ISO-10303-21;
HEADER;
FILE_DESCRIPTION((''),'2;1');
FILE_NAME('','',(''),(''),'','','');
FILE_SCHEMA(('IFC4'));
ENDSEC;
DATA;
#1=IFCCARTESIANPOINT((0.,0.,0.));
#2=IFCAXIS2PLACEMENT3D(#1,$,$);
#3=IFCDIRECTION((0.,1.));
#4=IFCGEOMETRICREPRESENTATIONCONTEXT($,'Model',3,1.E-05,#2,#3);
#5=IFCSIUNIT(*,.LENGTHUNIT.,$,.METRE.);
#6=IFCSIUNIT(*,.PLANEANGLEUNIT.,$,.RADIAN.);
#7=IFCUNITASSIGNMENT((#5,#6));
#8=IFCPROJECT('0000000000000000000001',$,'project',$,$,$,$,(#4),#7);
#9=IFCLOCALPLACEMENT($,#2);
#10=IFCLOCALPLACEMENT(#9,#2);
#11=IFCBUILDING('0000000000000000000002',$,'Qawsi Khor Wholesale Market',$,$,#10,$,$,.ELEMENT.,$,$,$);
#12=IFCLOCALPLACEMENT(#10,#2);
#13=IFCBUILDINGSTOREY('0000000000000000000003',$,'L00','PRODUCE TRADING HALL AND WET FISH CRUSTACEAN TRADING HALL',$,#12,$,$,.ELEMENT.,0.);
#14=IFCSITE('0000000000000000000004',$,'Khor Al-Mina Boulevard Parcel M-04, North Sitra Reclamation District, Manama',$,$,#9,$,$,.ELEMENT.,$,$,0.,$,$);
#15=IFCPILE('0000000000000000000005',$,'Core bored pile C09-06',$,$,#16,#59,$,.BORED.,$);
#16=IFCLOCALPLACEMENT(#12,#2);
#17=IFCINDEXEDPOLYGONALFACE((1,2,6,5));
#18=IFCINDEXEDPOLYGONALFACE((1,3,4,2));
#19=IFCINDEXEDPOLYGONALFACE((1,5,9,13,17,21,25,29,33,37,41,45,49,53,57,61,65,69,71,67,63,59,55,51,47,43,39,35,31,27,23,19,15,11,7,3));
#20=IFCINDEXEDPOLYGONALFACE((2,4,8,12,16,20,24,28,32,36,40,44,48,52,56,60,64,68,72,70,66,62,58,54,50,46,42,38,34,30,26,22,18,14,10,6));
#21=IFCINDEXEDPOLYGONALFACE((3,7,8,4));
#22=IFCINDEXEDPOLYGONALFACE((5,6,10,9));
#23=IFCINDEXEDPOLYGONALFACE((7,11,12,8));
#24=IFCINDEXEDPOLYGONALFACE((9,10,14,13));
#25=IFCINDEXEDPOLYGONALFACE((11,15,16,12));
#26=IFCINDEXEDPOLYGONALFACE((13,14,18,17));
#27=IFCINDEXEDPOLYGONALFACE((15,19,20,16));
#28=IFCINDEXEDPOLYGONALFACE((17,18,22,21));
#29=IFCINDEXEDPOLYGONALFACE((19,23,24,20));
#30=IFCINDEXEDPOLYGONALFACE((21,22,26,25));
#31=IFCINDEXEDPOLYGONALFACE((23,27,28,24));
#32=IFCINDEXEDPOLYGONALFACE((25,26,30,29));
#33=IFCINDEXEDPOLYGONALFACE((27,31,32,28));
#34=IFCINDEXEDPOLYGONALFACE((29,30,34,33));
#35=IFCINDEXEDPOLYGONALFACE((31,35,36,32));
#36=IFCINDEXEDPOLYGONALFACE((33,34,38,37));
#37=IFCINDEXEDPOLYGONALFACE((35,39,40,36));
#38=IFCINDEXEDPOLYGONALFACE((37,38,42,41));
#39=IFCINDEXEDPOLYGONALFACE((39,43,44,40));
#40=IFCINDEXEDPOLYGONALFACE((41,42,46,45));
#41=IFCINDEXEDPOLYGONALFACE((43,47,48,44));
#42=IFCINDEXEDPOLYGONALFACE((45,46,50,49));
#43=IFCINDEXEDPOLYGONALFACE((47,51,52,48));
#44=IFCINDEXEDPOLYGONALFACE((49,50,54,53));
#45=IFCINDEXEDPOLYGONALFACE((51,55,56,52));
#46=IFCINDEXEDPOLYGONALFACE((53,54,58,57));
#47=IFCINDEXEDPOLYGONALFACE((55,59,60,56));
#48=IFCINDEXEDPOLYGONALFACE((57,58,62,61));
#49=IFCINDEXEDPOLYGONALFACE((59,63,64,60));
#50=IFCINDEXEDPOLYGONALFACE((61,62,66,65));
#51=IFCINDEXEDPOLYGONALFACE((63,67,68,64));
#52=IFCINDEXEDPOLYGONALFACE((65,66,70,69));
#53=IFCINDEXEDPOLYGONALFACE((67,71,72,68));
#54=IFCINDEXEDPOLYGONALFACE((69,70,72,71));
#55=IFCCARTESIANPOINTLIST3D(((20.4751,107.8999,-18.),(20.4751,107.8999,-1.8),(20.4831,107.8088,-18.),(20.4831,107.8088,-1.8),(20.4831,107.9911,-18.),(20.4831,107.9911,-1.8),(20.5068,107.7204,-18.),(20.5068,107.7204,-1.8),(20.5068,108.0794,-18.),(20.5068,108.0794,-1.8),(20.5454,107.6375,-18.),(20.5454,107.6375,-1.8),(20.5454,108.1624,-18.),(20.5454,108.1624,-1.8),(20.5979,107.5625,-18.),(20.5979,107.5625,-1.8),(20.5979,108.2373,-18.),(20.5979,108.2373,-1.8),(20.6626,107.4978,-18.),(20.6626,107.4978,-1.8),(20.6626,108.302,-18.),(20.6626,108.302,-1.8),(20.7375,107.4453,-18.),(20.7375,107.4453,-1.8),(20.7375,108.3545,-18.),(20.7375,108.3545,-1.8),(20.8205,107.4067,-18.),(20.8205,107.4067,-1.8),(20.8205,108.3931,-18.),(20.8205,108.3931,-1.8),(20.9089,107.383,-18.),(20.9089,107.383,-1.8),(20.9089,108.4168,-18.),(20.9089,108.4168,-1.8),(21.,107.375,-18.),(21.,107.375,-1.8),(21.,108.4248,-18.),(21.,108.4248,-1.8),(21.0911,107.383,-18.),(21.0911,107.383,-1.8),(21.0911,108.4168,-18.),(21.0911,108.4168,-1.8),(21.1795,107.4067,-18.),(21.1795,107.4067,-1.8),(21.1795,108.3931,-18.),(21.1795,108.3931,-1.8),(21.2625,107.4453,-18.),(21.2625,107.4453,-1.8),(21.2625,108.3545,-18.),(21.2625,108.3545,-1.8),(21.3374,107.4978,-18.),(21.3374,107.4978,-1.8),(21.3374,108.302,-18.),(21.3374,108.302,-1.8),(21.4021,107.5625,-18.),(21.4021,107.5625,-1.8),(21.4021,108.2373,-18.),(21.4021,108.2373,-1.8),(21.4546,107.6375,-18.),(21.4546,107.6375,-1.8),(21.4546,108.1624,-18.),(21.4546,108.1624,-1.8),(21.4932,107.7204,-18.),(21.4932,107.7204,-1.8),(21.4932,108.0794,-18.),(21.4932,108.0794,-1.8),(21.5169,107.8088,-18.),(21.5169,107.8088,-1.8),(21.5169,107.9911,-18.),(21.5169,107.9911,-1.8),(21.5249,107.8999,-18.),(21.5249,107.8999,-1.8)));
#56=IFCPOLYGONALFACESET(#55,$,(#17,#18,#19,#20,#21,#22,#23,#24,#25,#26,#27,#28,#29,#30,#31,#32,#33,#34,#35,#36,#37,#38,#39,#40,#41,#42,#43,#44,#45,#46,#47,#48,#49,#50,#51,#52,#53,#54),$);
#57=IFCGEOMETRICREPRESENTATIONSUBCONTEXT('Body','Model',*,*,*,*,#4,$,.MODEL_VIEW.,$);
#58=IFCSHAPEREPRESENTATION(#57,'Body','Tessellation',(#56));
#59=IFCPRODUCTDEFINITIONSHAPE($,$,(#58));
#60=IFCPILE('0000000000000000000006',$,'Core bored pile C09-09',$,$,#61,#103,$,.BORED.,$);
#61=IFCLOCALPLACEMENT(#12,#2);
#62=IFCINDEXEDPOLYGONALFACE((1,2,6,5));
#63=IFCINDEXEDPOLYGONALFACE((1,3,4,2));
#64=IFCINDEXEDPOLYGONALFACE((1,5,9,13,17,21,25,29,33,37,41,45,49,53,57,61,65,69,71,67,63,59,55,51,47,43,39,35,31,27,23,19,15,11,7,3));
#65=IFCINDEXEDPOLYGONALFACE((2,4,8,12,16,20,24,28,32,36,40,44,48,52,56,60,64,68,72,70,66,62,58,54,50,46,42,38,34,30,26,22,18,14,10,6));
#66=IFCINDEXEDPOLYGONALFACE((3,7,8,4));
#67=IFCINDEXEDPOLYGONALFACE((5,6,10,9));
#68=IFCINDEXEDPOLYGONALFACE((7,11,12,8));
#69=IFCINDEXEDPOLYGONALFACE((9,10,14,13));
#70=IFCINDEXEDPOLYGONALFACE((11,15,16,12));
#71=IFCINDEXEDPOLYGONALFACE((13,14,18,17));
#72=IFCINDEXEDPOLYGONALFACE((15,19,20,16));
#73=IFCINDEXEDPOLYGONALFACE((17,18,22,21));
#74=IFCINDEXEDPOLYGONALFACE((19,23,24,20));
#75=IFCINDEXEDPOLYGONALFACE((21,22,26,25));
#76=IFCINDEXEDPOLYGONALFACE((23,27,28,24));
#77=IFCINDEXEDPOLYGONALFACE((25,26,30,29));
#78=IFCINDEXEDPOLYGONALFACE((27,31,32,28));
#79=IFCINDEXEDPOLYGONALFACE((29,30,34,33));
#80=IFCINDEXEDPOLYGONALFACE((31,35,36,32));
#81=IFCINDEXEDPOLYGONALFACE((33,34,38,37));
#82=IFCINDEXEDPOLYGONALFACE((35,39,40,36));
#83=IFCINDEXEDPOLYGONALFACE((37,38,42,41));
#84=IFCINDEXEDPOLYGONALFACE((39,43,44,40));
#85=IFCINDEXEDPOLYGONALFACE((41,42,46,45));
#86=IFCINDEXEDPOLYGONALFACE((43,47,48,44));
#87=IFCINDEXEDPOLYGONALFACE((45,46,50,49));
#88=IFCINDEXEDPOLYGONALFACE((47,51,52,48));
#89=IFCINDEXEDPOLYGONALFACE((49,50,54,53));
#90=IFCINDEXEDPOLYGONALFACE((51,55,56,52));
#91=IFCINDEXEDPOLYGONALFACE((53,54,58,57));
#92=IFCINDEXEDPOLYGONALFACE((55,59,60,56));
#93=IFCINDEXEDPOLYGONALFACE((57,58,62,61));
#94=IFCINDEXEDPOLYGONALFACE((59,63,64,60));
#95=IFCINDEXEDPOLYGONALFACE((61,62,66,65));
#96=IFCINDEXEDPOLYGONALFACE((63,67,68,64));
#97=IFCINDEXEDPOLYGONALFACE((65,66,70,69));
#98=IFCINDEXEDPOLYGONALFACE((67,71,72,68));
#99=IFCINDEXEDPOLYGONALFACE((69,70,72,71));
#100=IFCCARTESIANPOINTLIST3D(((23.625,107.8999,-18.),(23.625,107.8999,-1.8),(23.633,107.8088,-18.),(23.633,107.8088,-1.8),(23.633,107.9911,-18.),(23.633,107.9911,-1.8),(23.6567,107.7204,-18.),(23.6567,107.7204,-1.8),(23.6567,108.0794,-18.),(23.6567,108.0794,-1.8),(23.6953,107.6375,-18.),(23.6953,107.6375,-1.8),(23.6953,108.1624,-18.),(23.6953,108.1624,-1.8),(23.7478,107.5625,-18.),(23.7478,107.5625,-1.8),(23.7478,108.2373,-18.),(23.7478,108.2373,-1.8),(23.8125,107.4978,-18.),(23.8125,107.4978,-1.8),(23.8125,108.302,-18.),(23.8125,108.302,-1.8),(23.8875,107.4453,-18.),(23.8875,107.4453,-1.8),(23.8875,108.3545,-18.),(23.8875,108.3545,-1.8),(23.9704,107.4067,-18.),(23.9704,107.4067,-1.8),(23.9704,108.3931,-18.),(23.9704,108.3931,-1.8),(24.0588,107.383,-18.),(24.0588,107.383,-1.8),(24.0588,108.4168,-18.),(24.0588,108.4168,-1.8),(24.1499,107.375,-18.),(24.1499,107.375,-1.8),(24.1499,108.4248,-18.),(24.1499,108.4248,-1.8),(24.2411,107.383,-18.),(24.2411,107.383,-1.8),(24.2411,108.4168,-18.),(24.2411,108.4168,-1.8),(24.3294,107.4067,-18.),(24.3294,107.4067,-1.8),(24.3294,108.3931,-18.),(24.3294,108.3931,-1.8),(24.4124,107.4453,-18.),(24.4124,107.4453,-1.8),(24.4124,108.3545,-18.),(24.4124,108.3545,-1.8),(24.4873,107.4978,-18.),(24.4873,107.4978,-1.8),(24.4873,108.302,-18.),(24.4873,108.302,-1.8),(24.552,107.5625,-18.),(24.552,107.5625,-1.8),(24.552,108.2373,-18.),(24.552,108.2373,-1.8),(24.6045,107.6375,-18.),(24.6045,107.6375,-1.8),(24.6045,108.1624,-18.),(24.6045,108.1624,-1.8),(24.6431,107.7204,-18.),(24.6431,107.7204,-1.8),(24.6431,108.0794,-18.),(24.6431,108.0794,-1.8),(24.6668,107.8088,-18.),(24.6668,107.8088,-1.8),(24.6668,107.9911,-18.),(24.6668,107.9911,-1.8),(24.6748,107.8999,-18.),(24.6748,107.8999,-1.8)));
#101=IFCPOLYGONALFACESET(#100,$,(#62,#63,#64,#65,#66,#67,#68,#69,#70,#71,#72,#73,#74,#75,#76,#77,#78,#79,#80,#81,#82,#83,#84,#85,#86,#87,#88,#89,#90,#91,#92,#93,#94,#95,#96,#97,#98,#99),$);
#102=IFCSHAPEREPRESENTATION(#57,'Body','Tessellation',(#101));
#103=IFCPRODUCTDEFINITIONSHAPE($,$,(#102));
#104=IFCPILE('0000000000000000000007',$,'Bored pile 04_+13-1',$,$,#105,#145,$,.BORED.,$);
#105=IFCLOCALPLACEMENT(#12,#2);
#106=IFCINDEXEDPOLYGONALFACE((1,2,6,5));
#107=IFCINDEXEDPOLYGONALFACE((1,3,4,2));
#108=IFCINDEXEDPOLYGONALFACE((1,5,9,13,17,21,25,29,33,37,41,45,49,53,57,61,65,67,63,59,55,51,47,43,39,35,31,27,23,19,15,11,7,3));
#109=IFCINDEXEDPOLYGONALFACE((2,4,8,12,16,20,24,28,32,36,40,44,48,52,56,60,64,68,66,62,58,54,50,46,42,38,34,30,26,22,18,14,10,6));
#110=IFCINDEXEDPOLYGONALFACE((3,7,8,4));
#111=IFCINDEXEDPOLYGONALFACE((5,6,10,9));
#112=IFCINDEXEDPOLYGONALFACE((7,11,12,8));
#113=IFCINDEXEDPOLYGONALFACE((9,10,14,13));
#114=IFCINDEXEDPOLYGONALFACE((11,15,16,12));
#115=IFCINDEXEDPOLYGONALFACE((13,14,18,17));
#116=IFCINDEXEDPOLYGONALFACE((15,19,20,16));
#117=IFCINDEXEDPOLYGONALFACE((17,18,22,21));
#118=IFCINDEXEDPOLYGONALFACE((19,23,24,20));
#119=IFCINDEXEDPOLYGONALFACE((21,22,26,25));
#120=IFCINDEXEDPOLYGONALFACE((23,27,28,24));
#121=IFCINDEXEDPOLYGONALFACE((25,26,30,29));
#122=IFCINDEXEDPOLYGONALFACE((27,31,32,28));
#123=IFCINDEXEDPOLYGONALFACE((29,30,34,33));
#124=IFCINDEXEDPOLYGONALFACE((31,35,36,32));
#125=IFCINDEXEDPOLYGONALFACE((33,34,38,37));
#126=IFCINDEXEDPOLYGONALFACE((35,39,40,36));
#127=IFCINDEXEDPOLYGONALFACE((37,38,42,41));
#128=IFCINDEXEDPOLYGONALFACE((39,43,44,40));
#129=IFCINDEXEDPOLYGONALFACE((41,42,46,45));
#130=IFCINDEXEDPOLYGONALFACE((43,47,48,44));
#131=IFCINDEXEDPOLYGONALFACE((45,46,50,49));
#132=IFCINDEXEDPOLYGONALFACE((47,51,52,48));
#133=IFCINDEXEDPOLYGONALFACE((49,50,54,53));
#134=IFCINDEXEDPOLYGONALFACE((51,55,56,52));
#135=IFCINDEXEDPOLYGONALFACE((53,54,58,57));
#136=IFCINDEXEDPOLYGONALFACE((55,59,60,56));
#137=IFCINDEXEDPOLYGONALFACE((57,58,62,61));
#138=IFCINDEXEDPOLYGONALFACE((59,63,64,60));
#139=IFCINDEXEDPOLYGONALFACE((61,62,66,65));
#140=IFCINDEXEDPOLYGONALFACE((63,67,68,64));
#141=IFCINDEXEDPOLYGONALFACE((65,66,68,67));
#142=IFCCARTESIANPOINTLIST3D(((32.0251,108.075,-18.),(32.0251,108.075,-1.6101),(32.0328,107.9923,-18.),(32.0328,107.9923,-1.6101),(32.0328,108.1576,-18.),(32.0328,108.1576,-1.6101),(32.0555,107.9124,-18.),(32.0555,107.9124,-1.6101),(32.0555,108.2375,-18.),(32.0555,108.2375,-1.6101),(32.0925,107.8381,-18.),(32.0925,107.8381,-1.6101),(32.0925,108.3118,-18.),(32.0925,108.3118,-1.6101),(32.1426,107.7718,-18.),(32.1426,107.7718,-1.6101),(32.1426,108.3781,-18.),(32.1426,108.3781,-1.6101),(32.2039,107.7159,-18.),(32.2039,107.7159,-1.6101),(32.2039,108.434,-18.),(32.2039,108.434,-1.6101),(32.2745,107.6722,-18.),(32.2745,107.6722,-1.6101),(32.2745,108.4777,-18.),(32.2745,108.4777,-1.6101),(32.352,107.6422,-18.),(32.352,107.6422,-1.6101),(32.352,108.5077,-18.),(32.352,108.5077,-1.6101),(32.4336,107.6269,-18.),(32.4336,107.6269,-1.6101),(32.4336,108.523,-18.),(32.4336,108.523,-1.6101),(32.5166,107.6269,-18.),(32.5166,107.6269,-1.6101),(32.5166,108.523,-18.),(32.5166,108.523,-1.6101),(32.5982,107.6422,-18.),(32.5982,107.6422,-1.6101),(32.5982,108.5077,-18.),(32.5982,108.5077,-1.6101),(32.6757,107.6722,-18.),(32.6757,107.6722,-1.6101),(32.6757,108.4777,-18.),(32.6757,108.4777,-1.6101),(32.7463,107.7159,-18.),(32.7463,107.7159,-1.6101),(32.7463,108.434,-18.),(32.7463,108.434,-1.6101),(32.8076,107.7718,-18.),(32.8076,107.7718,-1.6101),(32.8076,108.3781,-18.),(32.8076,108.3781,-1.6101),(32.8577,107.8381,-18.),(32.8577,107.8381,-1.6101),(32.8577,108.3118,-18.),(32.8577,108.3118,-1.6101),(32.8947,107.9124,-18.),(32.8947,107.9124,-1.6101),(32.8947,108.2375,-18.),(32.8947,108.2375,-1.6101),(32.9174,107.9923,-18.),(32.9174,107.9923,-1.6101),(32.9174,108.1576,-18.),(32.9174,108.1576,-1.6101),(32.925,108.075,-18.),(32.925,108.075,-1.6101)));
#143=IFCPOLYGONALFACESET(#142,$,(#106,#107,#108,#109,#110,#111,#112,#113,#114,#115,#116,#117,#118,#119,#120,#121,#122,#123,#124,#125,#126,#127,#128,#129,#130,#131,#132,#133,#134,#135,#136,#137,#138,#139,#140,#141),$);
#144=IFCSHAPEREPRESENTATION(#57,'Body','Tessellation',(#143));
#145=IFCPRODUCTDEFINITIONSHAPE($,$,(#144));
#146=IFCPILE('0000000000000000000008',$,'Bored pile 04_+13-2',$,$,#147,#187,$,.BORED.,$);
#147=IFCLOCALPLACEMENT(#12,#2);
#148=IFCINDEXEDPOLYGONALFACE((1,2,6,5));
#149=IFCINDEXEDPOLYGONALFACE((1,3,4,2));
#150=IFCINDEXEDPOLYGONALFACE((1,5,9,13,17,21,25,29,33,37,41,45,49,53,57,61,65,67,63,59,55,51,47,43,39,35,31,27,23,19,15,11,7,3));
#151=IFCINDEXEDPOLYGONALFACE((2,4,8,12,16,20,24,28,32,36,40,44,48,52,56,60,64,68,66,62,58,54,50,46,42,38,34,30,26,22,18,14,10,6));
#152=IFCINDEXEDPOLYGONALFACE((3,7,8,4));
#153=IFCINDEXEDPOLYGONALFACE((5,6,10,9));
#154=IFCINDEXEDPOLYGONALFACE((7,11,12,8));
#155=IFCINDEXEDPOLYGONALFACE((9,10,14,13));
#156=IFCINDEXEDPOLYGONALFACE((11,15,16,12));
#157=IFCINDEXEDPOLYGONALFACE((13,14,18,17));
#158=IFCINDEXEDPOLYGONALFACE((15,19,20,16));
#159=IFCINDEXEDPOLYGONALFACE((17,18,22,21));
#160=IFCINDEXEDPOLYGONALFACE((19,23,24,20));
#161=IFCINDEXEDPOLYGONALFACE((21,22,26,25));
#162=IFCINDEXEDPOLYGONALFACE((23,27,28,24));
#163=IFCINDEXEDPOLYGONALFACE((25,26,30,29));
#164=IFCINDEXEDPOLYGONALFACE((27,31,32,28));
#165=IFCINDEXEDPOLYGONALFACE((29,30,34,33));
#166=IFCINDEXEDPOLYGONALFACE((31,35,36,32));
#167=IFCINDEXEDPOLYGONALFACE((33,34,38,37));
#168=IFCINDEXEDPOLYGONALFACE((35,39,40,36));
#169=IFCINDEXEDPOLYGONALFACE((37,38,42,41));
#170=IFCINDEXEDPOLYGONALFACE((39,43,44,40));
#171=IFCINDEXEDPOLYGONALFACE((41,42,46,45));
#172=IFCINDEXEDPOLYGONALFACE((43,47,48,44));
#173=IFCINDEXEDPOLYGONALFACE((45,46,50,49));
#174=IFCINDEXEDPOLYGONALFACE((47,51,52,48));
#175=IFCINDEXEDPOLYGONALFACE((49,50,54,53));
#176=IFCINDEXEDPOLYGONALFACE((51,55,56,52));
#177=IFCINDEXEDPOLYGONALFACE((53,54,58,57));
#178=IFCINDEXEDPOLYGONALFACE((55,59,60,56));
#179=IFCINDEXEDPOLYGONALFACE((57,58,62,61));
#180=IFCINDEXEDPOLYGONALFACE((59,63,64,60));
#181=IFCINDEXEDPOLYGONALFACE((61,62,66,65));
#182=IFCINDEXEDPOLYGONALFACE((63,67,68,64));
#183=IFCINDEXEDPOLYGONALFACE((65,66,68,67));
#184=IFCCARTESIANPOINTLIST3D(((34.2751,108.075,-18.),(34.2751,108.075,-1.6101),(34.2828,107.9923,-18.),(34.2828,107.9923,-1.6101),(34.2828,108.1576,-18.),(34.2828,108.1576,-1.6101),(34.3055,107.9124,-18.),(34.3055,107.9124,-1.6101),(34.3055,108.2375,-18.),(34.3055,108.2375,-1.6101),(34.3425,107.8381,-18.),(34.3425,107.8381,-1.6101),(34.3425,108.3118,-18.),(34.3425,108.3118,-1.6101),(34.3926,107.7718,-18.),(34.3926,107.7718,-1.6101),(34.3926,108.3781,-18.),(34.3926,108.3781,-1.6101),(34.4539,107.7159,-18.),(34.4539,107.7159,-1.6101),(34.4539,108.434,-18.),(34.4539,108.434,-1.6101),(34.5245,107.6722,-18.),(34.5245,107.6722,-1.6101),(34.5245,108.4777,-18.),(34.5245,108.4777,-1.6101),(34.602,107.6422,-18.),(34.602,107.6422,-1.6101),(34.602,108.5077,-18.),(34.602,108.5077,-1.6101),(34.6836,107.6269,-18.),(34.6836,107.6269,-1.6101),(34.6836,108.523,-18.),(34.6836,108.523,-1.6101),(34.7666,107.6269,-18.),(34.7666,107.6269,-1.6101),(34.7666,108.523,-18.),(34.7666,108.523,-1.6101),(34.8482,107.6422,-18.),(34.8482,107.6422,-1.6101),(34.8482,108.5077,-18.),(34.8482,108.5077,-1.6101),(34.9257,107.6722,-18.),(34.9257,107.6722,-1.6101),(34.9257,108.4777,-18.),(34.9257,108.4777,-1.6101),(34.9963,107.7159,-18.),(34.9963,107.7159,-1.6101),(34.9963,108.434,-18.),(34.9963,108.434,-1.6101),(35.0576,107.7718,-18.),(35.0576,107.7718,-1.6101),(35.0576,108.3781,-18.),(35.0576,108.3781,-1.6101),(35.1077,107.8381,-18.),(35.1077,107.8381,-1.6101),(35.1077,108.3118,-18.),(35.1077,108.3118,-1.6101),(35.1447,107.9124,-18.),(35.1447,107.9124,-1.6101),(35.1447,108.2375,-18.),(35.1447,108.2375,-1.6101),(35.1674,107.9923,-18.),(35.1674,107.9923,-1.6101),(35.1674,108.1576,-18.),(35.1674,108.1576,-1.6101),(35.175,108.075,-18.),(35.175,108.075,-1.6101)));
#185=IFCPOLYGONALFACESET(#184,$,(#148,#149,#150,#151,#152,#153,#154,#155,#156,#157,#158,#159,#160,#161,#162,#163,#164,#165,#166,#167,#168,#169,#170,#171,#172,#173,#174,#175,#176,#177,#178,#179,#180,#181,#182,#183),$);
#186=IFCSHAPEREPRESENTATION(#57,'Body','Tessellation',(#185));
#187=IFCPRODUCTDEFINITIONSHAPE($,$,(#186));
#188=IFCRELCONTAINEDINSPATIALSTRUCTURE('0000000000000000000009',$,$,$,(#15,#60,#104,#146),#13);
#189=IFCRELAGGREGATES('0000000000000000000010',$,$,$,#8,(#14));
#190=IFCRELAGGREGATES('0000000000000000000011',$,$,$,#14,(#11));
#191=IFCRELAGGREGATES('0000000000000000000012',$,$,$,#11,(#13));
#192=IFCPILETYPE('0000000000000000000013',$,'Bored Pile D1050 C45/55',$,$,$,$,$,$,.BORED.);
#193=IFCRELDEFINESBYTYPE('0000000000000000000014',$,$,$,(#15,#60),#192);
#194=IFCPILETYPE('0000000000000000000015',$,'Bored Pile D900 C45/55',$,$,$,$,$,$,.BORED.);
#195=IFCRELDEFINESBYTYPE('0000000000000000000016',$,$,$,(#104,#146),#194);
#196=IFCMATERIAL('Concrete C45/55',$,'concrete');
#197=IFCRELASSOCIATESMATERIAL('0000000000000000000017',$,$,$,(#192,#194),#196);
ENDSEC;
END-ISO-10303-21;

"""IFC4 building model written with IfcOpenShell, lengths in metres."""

from ifc_helpers import new_model, si_unit, direction, frame, origin, origin_2d, place, context, subcontext, project, spatial, circle, extrude, material, material_profile, profile_set, type_object, element, save


model = new_model("IFC4")

# Units and contexts
model_context = context("Model", 3, precision=1e-05, world=origin(), true_north=direction((0.0, 1.0)))
body_context = subcontext(model_context, "Body", "Model", "MODEL_VIEW")
ifc_project = project(units=[si_unit("LENGTHUNIT", "METRE"), si_unit("PLANEANGLEUNIT", "RADIAN")], contexts=[model_context])

# Site, building, storey
site_placement = place(None, origin())
site = spatial("IfcSite", under=ifc_project, at=site_placement, Name="Khor Al-Mina Boulevard Parcel M-04, North Sitra Reclamation District, Manama", CompositionType="ELEMENT", RefElevation=0.0)
building_placement = place(site_placement, origin())
building = spatial("IfcBuilding", under=site, at=building_placement, Name="Qawsi Khor Wholesale Market", CompositionType="ELEMENT")
storey_placement = place(building_placement, origin())
storey = spatial("IfcBuildingStorey", under=building, at=storey_placement, Name="L00", Description="PRODUCE TRADING HALL AND WET FISH CRUSTACEAN TRADING HALL", CompositionType="ELEMENT", Elevation=0.0)

# Piles
ifc_material_1 = material(Name="Concrete C45/55", Category="concrete")
ifc_material_profile_1 = material_profile(ifc_material_1, circle(Radius=0.5249, at=origin_2d()), Name="PILE D1050")
ifc_profile_set_1 = profile_set([ifc_material_profile_1], Name="Concrete C45/55")
pile_type_1 = type_object("IfcPileType", Name="Bored Pile D1050 C45/55", PredefinedType="BORED", material=ifc_profile_set_1)
for number, where, z_axis, x_axis, name in (
    (1, (21.0, 107.8999, -1.8), (0.0, 0.0, -1.0), (1.0, 0.0, 0.0), "Core bored pile C09-06"),
    (2, (24.1499, 107.8999, -1.8), (0.0, 0.0, -1.0), (1.0, 0.0, 0.0), "Core bored pile C09-09"),
):
    element("IfcPile", number, at=place(storey_placement, frame(where, z_axis=z_axis, x_axis=x_axis)), inside=storey, type_object=pile_type_1, Name=name, PredefinedType="BORED", context=body_context, shape_type="SweptSolid", body=[
        extrude(circle(Radius=0.5249, at=origin_2d()), origin(), (0.0, 0.0, 1.0), 16.2),
    ])
ifc_material_profile_2 = material_profile(ifc_material_1, circle(Radius=0.45, at=origin_2d()), Name="PILE D900")
ifc_profile_set_2 = profile_set([ifc_material_profile_2], Name="Concrete C45/55")
pile_type_2 = type_object("IfcPileType", Name="Bored Pile D900 C45/55", PredefinedType="BORED", material=ifc_profile_set_2)
for number, where, z_axis, x_axis, name in (
    (3, (32.4751, 108.075, -1.6101), (0.0, 0.0, -1.0), (1.0, 0.0, 0.0), "Bored pile 04_+13-1"),
    (4, (34.7251, 108.075, -1.6101), (0.0, 0.0, -1.0), (1.0, 0.0, 0.0), "Bored pile 04_+13-2"),
):
    element("IfcPile", number, at=place(storey_placement, frame(where, z_axis=z_axis, x_axis=x_axis)), inside=storey, type_object=pile_type_2, Name=name, PredefinedType="BORED", context=body_context, shape_type="SweptSolid", body=[
        extrude(circle(Radius=0.45, at=origin_2d()), origin(), (0.0, 0.0, 1.0), 16.3899),
    ])

save(model, "model.ifc")
